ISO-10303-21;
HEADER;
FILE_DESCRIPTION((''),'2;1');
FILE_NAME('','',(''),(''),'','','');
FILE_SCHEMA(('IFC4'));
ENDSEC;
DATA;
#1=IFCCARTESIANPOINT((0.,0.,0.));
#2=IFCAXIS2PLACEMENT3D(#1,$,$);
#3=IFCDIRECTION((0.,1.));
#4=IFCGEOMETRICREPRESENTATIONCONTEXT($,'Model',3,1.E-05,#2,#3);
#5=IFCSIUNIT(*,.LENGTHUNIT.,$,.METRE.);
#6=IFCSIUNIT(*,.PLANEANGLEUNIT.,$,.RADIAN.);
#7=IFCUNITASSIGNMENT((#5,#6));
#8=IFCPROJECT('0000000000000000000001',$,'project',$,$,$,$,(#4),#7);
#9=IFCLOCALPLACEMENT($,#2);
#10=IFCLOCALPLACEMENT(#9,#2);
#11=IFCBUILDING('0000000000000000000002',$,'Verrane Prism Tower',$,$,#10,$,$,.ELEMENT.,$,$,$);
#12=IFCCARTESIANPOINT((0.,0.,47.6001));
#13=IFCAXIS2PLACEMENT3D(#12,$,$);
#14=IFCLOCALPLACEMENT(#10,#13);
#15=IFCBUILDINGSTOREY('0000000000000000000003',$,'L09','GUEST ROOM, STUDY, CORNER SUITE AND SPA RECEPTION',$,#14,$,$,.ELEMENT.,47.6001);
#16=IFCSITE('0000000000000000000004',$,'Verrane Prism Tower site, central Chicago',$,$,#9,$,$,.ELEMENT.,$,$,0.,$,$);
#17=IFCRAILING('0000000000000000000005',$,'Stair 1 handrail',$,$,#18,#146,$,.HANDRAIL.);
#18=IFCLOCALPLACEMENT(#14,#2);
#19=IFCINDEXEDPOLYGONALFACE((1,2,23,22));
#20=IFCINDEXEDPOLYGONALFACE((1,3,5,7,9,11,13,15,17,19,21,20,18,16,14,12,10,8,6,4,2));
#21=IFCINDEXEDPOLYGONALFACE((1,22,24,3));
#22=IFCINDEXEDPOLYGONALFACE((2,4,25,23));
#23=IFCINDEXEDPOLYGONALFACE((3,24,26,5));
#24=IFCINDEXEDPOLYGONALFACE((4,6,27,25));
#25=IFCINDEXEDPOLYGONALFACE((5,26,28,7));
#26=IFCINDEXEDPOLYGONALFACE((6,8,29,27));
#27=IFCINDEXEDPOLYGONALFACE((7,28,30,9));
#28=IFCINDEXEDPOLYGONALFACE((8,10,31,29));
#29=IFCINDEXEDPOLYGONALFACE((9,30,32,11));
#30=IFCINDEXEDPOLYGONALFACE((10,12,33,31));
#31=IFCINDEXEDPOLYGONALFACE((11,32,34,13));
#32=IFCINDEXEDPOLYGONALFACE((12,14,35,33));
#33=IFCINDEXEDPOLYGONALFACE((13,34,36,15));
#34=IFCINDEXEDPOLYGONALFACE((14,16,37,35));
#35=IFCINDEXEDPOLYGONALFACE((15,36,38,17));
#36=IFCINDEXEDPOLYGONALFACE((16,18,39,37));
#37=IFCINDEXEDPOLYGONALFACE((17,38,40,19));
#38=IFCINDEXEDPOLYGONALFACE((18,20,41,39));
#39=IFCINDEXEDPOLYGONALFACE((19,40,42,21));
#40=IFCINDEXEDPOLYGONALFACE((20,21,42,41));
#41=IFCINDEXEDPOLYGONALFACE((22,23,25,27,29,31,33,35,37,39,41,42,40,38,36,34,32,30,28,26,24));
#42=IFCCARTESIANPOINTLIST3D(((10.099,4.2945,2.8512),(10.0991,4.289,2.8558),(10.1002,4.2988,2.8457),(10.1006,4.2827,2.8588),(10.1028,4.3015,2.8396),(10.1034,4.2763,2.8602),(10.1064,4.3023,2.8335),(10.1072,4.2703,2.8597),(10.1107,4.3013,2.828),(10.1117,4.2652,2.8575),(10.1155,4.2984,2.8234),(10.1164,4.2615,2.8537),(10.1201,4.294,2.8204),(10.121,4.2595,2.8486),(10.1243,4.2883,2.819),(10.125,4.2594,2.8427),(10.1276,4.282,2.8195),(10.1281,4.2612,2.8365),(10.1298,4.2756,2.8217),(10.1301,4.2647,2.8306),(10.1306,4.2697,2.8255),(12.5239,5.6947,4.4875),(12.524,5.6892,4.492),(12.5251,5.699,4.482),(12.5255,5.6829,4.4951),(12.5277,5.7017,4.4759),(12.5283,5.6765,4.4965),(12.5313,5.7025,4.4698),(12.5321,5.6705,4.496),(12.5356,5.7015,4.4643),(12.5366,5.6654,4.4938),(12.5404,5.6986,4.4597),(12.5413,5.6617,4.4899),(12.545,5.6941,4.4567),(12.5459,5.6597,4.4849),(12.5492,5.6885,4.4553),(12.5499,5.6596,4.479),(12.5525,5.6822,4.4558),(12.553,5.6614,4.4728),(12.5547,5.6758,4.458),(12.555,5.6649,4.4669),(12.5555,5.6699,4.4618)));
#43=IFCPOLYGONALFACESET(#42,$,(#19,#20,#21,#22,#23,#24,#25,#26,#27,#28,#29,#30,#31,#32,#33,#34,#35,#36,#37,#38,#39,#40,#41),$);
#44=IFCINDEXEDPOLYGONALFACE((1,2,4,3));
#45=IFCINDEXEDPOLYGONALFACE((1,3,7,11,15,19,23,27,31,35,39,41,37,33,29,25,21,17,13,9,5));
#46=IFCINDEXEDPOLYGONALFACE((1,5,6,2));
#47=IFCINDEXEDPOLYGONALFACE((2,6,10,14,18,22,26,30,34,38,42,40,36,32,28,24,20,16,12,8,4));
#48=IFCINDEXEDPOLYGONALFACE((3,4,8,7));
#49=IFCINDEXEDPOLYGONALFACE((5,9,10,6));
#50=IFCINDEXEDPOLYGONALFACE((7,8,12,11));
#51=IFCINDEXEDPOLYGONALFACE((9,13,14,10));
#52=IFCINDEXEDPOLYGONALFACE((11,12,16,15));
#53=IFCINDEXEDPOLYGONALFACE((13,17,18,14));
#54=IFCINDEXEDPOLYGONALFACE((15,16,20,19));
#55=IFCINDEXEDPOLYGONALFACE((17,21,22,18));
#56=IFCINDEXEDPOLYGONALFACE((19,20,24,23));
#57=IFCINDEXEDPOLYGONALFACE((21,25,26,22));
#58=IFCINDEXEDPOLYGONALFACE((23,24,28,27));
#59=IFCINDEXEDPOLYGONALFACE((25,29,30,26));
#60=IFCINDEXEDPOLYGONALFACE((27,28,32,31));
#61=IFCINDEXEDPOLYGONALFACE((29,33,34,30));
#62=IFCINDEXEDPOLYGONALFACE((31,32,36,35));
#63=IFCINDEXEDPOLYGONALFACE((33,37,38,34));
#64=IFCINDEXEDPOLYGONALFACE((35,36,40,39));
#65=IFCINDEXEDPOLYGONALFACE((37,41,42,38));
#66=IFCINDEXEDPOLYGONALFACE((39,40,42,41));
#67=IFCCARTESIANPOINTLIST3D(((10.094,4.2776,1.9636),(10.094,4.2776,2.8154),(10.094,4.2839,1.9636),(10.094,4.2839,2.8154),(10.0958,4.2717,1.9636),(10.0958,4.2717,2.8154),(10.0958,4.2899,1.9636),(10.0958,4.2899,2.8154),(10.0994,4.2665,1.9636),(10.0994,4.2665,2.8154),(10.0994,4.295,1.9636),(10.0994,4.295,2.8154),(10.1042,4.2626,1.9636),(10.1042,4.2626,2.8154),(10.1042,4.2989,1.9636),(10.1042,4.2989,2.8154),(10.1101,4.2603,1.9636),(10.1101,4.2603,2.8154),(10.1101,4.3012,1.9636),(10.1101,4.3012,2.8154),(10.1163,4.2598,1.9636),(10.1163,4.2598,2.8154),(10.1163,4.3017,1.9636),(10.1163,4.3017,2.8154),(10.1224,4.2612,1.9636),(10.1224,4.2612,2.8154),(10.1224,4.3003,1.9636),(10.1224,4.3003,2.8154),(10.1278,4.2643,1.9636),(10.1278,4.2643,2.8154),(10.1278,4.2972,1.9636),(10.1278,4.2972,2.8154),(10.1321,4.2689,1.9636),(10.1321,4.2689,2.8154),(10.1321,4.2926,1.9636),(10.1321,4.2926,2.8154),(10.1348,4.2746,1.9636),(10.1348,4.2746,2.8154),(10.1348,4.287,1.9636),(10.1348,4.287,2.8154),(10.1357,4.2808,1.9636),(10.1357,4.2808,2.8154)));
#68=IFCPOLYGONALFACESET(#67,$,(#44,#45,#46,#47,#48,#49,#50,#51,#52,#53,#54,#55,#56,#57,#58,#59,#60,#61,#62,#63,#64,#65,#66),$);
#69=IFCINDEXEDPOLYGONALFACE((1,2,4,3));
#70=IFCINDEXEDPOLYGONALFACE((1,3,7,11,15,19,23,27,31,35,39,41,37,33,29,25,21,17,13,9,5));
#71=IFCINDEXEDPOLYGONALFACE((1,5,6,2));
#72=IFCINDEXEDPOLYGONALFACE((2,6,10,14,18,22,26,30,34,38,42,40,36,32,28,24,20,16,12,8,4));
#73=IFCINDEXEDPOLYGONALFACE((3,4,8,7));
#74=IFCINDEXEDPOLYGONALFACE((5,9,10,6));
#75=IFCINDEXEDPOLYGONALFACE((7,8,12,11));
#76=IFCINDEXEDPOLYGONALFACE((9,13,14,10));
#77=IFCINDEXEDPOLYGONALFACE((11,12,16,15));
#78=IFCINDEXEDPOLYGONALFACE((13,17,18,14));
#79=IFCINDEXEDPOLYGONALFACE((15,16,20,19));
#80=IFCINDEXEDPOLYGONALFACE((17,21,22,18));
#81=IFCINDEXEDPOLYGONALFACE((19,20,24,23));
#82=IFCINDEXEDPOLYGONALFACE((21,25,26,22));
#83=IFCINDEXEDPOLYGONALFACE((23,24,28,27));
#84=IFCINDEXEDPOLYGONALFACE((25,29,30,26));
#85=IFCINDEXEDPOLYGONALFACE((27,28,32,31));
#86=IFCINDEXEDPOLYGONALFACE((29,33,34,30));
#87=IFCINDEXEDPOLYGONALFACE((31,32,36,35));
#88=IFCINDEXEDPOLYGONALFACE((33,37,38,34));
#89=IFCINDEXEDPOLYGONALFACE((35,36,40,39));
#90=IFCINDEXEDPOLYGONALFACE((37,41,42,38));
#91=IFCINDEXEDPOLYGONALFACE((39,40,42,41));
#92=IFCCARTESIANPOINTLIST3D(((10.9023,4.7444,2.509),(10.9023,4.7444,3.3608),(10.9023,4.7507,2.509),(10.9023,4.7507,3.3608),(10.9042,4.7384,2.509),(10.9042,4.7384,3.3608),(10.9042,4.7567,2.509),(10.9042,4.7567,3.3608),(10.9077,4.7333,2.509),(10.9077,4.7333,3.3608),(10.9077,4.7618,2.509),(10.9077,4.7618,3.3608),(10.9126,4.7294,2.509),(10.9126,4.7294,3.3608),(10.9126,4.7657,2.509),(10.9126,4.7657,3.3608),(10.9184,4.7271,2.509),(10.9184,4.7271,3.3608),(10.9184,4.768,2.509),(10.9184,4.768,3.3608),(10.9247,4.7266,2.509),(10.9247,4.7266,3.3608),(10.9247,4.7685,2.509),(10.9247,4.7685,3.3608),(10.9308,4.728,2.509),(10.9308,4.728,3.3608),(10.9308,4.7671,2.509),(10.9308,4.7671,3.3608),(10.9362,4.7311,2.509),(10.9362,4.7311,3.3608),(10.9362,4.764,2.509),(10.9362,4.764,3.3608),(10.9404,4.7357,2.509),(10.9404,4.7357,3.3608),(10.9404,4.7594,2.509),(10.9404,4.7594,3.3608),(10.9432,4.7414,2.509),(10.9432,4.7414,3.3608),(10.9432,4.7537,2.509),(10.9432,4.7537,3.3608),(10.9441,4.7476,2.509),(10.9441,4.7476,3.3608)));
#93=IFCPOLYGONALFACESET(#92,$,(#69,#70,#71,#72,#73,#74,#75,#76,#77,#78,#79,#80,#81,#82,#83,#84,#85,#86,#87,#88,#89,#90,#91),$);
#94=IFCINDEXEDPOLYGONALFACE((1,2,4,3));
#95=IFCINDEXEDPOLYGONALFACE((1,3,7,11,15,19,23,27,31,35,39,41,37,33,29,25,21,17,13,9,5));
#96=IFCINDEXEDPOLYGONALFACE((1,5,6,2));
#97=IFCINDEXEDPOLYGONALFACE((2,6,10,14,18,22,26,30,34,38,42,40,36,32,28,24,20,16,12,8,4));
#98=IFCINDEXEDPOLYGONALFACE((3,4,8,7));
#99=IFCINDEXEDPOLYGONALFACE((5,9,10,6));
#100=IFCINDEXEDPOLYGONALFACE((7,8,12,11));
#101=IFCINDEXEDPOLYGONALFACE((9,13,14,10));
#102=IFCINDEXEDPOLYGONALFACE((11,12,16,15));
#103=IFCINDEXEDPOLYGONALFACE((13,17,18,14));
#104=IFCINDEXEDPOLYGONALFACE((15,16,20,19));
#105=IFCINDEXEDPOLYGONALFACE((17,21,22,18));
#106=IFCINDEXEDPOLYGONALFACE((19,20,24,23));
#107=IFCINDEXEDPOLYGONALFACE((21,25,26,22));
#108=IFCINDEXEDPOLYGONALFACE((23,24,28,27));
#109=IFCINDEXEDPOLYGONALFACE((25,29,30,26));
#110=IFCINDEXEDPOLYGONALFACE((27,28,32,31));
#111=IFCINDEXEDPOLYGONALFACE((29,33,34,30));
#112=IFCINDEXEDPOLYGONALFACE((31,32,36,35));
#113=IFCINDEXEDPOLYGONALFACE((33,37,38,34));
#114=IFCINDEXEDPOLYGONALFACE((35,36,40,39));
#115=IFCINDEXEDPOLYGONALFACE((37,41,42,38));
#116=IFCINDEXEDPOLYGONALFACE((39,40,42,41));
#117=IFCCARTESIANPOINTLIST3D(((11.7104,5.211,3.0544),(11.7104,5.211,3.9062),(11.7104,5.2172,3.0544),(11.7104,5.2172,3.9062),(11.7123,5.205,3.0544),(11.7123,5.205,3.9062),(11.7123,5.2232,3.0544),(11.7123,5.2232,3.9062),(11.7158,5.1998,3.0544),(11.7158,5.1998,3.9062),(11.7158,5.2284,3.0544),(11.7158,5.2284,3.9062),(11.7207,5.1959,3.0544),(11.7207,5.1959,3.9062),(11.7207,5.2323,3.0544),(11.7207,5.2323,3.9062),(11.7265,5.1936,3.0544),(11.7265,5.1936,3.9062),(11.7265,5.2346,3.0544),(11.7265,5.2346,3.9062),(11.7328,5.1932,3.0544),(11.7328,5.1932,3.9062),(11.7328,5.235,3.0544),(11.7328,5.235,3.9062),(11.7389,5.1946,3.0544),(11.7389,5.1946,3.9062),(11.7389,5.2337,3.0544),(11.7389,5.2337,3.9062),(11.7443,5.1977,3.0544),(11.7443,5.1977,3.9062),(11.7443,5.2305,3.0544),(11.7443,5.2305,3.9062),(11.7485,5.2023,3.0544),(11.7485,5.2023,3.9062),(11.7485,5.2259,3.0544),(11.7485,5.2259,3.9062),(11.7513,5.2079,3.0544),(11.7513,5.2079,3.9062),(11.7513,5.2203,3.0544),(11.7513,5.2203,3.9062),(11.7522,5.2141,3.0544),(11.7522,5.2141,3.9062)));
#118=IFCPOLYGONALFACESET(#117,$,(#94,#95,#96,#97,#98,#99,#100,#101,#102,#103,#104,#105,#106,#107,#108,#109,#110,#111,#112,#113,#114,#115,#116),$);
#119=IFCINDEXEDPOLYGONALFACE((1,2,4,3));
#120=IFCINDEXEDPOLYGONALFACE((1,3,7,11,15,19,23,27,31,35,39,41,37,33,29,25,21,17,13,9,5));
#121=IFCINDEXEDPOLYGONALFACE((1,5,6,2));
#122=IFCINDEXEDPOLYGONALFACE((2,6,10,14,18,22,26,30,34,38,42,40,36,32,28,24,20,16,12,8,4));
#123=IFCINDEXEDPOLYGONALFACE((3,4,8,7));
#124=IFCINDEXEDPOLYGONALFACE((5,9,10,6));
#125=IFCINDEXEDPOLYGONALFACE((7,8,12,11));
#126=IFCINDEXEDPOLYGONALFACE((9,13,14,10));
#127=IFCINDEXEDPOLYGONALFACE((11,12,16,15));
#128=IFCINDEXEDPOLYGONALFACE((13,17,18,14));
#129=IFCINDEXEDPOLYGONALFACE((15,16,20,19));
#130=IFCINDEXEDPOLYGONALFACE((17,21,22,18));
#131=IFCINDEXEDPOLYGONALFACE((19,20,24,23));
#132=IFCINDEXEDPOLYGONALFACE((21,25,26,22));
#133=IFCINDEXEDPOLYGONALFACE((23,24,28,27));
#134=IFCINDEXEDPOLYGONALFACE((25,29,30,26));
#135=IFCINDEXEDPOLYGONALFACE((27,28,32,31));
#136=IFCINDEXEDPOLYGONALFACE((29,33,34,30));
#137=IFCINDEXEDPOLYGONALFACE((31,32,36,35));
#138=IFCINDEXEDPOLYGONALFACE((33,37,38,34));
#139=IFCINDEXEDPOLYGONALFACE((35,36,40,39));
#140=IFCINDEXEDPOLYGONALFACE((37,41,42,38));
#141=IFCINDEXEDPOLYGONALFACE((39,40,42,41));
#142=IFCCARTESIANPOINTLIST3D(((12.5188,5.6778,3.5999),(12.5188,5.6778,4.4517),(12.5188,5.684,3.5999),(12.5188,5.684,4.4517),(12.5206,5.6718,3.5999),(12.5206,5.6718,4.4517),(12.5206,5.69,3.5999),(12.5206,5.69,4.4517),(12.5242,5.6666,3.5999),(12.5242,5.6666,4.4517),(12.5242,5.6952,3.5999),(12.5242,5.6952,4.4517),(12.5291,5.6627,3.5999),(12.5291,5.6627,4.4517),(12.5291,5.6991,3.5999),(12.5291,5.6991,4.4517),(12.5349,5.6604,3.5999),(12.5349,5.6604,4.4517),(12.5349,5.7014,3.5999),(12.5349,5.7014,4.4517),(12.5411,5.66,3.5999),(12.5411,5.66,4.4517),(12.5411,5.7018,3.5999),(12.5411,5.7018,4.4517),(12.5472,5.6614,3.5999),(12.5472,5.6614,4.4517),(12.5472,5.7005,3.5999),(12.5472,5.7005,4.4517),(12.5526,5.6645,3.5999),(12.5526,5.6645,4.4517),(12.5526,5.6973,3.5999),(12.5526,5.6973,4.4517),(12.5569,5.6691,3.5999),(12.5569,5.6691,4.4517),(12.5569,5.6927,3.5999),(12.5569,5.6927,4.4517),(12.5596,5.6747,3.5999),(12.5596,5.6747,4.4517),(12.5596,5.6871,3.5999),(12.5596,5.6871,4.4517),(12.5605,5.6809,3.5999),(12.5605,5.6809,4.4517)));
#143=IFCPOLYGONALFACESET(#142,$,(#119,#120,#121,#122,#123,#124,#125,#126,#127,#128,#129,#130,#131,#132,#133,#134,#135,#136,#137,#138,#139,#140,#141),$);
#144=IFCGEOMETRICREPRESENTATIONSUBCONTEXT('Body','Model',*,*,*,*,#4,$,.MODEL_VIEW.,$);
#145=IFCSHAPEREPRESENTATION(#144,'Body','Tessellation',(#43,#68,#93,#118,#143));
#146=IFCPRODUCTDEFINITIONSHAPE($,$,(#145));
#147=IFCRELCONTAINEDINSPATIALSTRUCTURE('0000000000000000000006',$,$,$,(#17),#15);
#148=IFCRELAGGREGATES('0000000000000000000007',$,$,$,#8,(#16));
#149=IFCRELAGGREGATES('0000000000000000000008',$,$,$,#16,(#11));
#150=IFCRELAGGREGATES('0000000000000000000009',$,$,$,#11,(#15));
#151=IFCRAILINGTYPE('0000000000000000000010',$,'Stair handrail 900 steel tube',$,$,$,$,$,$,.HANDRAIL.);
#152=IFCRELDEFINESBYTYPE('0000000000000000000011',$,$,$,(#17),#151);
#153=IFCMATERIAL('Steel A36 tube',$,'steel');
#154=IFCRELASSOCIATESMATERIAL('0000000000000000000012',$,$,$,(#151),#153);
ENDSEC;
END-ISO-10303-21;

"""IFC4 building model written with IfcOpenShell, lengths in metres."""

from ifc_helpers import new_model, si_unit, direction, frame, origin, origin_2d, place, context, subcontext, project, spatial, circle, extrude, material, type_object, element, save


model = new_model("IFC4")

# Units and contexts
model_context = context("Model", 3, precision=1e-05, world=origin(), true_north=direction((0.0, 1.0)))
body_context = subcontext(model_context, "Body", "Model", "MODEL_VIEW")
ifc_project = project(units=[si_unit("LENGTHUNIT", "METRE"), si_unit("PLANEANGLEUNIT", "RADIAN")], contexts=[model_context])

# Site, building, storey
site_placement = place(None, origin())
site = spatial("IfcSite", under=ifc_project, at=site_placement, Name="Verrane Prism Tower site, central Chicago", CompositionType="ELEMENT", RefElevation=0.0)
building_placement = place(site_placement, origin())
building = spatial("IfcBuilding", under=site, at=building_placement, Name="Verrane Prism Tower", CompositionType="ELEMENT")
storey_placement = place(building_placement, frame((0.0, 0.0, 47.6001)))
storey = spatial("IfcBuildingStorey", under=building, at=storey_placement, Name="L09", Description="GUEST ROOM, STUDY, CORNER SUITE AND SPA RECEPTION", CompositionType="ELEMENT", Elevation=47.6001)

# Railing
ifc_material_1 = material(Name="Steel A36 tube", Category="steel")
railing_type_1 = type_object("IfcRailingType", Name="Stair handrail 900 steel tube", PredefinedType="HANDRAIL", material=ifc_material_1)
railing_1_placement = place(storey_placement, frame((10.1147, 4.2808, 1.9636)))
element("IfcRailing", 1, at=railing_1_placement, inside=storey, type_object=railing_type_1, Name="Stair 1 handrail", PredefinedType="HANDRAIL", context=body_context, shape_type="SweptSolid", body=[
    extrude(circle(Radius=0.0239, at=origin_2d()), frame((0.0, 0.0, 0.876), z_axis=(0.747694, 0.431738, 0.504535), x_axis=(-0.50005, 0.865997, 0.0)), (0.0, 0.0, 1.0), 3.2432),
    extrude(circle(Radius=0.021, at=origin_2d()), origin(), (0.0, 0.0, 1.0), 0.8518),
    extrude(circle(Radius=0.021, at=origin_2d()), frame((0.8083, 0.4668, 0.5454)), (0.0, 0.0, 1.0), 0.8518),
    extrude(circle(Radius=0.021, at=origin_2d()), frame((1.6165, 0.9333, 1.0908)), (0.0, 0.0, 1.0), 0.8518),
    extrude(circle(Radius=0.021, at=origin_2d()), frame((2.4248, 1.4001, 1.6362)), (0.0, 0.0, 1.0), 0.8518),
])

save(model, "model.ifc")
